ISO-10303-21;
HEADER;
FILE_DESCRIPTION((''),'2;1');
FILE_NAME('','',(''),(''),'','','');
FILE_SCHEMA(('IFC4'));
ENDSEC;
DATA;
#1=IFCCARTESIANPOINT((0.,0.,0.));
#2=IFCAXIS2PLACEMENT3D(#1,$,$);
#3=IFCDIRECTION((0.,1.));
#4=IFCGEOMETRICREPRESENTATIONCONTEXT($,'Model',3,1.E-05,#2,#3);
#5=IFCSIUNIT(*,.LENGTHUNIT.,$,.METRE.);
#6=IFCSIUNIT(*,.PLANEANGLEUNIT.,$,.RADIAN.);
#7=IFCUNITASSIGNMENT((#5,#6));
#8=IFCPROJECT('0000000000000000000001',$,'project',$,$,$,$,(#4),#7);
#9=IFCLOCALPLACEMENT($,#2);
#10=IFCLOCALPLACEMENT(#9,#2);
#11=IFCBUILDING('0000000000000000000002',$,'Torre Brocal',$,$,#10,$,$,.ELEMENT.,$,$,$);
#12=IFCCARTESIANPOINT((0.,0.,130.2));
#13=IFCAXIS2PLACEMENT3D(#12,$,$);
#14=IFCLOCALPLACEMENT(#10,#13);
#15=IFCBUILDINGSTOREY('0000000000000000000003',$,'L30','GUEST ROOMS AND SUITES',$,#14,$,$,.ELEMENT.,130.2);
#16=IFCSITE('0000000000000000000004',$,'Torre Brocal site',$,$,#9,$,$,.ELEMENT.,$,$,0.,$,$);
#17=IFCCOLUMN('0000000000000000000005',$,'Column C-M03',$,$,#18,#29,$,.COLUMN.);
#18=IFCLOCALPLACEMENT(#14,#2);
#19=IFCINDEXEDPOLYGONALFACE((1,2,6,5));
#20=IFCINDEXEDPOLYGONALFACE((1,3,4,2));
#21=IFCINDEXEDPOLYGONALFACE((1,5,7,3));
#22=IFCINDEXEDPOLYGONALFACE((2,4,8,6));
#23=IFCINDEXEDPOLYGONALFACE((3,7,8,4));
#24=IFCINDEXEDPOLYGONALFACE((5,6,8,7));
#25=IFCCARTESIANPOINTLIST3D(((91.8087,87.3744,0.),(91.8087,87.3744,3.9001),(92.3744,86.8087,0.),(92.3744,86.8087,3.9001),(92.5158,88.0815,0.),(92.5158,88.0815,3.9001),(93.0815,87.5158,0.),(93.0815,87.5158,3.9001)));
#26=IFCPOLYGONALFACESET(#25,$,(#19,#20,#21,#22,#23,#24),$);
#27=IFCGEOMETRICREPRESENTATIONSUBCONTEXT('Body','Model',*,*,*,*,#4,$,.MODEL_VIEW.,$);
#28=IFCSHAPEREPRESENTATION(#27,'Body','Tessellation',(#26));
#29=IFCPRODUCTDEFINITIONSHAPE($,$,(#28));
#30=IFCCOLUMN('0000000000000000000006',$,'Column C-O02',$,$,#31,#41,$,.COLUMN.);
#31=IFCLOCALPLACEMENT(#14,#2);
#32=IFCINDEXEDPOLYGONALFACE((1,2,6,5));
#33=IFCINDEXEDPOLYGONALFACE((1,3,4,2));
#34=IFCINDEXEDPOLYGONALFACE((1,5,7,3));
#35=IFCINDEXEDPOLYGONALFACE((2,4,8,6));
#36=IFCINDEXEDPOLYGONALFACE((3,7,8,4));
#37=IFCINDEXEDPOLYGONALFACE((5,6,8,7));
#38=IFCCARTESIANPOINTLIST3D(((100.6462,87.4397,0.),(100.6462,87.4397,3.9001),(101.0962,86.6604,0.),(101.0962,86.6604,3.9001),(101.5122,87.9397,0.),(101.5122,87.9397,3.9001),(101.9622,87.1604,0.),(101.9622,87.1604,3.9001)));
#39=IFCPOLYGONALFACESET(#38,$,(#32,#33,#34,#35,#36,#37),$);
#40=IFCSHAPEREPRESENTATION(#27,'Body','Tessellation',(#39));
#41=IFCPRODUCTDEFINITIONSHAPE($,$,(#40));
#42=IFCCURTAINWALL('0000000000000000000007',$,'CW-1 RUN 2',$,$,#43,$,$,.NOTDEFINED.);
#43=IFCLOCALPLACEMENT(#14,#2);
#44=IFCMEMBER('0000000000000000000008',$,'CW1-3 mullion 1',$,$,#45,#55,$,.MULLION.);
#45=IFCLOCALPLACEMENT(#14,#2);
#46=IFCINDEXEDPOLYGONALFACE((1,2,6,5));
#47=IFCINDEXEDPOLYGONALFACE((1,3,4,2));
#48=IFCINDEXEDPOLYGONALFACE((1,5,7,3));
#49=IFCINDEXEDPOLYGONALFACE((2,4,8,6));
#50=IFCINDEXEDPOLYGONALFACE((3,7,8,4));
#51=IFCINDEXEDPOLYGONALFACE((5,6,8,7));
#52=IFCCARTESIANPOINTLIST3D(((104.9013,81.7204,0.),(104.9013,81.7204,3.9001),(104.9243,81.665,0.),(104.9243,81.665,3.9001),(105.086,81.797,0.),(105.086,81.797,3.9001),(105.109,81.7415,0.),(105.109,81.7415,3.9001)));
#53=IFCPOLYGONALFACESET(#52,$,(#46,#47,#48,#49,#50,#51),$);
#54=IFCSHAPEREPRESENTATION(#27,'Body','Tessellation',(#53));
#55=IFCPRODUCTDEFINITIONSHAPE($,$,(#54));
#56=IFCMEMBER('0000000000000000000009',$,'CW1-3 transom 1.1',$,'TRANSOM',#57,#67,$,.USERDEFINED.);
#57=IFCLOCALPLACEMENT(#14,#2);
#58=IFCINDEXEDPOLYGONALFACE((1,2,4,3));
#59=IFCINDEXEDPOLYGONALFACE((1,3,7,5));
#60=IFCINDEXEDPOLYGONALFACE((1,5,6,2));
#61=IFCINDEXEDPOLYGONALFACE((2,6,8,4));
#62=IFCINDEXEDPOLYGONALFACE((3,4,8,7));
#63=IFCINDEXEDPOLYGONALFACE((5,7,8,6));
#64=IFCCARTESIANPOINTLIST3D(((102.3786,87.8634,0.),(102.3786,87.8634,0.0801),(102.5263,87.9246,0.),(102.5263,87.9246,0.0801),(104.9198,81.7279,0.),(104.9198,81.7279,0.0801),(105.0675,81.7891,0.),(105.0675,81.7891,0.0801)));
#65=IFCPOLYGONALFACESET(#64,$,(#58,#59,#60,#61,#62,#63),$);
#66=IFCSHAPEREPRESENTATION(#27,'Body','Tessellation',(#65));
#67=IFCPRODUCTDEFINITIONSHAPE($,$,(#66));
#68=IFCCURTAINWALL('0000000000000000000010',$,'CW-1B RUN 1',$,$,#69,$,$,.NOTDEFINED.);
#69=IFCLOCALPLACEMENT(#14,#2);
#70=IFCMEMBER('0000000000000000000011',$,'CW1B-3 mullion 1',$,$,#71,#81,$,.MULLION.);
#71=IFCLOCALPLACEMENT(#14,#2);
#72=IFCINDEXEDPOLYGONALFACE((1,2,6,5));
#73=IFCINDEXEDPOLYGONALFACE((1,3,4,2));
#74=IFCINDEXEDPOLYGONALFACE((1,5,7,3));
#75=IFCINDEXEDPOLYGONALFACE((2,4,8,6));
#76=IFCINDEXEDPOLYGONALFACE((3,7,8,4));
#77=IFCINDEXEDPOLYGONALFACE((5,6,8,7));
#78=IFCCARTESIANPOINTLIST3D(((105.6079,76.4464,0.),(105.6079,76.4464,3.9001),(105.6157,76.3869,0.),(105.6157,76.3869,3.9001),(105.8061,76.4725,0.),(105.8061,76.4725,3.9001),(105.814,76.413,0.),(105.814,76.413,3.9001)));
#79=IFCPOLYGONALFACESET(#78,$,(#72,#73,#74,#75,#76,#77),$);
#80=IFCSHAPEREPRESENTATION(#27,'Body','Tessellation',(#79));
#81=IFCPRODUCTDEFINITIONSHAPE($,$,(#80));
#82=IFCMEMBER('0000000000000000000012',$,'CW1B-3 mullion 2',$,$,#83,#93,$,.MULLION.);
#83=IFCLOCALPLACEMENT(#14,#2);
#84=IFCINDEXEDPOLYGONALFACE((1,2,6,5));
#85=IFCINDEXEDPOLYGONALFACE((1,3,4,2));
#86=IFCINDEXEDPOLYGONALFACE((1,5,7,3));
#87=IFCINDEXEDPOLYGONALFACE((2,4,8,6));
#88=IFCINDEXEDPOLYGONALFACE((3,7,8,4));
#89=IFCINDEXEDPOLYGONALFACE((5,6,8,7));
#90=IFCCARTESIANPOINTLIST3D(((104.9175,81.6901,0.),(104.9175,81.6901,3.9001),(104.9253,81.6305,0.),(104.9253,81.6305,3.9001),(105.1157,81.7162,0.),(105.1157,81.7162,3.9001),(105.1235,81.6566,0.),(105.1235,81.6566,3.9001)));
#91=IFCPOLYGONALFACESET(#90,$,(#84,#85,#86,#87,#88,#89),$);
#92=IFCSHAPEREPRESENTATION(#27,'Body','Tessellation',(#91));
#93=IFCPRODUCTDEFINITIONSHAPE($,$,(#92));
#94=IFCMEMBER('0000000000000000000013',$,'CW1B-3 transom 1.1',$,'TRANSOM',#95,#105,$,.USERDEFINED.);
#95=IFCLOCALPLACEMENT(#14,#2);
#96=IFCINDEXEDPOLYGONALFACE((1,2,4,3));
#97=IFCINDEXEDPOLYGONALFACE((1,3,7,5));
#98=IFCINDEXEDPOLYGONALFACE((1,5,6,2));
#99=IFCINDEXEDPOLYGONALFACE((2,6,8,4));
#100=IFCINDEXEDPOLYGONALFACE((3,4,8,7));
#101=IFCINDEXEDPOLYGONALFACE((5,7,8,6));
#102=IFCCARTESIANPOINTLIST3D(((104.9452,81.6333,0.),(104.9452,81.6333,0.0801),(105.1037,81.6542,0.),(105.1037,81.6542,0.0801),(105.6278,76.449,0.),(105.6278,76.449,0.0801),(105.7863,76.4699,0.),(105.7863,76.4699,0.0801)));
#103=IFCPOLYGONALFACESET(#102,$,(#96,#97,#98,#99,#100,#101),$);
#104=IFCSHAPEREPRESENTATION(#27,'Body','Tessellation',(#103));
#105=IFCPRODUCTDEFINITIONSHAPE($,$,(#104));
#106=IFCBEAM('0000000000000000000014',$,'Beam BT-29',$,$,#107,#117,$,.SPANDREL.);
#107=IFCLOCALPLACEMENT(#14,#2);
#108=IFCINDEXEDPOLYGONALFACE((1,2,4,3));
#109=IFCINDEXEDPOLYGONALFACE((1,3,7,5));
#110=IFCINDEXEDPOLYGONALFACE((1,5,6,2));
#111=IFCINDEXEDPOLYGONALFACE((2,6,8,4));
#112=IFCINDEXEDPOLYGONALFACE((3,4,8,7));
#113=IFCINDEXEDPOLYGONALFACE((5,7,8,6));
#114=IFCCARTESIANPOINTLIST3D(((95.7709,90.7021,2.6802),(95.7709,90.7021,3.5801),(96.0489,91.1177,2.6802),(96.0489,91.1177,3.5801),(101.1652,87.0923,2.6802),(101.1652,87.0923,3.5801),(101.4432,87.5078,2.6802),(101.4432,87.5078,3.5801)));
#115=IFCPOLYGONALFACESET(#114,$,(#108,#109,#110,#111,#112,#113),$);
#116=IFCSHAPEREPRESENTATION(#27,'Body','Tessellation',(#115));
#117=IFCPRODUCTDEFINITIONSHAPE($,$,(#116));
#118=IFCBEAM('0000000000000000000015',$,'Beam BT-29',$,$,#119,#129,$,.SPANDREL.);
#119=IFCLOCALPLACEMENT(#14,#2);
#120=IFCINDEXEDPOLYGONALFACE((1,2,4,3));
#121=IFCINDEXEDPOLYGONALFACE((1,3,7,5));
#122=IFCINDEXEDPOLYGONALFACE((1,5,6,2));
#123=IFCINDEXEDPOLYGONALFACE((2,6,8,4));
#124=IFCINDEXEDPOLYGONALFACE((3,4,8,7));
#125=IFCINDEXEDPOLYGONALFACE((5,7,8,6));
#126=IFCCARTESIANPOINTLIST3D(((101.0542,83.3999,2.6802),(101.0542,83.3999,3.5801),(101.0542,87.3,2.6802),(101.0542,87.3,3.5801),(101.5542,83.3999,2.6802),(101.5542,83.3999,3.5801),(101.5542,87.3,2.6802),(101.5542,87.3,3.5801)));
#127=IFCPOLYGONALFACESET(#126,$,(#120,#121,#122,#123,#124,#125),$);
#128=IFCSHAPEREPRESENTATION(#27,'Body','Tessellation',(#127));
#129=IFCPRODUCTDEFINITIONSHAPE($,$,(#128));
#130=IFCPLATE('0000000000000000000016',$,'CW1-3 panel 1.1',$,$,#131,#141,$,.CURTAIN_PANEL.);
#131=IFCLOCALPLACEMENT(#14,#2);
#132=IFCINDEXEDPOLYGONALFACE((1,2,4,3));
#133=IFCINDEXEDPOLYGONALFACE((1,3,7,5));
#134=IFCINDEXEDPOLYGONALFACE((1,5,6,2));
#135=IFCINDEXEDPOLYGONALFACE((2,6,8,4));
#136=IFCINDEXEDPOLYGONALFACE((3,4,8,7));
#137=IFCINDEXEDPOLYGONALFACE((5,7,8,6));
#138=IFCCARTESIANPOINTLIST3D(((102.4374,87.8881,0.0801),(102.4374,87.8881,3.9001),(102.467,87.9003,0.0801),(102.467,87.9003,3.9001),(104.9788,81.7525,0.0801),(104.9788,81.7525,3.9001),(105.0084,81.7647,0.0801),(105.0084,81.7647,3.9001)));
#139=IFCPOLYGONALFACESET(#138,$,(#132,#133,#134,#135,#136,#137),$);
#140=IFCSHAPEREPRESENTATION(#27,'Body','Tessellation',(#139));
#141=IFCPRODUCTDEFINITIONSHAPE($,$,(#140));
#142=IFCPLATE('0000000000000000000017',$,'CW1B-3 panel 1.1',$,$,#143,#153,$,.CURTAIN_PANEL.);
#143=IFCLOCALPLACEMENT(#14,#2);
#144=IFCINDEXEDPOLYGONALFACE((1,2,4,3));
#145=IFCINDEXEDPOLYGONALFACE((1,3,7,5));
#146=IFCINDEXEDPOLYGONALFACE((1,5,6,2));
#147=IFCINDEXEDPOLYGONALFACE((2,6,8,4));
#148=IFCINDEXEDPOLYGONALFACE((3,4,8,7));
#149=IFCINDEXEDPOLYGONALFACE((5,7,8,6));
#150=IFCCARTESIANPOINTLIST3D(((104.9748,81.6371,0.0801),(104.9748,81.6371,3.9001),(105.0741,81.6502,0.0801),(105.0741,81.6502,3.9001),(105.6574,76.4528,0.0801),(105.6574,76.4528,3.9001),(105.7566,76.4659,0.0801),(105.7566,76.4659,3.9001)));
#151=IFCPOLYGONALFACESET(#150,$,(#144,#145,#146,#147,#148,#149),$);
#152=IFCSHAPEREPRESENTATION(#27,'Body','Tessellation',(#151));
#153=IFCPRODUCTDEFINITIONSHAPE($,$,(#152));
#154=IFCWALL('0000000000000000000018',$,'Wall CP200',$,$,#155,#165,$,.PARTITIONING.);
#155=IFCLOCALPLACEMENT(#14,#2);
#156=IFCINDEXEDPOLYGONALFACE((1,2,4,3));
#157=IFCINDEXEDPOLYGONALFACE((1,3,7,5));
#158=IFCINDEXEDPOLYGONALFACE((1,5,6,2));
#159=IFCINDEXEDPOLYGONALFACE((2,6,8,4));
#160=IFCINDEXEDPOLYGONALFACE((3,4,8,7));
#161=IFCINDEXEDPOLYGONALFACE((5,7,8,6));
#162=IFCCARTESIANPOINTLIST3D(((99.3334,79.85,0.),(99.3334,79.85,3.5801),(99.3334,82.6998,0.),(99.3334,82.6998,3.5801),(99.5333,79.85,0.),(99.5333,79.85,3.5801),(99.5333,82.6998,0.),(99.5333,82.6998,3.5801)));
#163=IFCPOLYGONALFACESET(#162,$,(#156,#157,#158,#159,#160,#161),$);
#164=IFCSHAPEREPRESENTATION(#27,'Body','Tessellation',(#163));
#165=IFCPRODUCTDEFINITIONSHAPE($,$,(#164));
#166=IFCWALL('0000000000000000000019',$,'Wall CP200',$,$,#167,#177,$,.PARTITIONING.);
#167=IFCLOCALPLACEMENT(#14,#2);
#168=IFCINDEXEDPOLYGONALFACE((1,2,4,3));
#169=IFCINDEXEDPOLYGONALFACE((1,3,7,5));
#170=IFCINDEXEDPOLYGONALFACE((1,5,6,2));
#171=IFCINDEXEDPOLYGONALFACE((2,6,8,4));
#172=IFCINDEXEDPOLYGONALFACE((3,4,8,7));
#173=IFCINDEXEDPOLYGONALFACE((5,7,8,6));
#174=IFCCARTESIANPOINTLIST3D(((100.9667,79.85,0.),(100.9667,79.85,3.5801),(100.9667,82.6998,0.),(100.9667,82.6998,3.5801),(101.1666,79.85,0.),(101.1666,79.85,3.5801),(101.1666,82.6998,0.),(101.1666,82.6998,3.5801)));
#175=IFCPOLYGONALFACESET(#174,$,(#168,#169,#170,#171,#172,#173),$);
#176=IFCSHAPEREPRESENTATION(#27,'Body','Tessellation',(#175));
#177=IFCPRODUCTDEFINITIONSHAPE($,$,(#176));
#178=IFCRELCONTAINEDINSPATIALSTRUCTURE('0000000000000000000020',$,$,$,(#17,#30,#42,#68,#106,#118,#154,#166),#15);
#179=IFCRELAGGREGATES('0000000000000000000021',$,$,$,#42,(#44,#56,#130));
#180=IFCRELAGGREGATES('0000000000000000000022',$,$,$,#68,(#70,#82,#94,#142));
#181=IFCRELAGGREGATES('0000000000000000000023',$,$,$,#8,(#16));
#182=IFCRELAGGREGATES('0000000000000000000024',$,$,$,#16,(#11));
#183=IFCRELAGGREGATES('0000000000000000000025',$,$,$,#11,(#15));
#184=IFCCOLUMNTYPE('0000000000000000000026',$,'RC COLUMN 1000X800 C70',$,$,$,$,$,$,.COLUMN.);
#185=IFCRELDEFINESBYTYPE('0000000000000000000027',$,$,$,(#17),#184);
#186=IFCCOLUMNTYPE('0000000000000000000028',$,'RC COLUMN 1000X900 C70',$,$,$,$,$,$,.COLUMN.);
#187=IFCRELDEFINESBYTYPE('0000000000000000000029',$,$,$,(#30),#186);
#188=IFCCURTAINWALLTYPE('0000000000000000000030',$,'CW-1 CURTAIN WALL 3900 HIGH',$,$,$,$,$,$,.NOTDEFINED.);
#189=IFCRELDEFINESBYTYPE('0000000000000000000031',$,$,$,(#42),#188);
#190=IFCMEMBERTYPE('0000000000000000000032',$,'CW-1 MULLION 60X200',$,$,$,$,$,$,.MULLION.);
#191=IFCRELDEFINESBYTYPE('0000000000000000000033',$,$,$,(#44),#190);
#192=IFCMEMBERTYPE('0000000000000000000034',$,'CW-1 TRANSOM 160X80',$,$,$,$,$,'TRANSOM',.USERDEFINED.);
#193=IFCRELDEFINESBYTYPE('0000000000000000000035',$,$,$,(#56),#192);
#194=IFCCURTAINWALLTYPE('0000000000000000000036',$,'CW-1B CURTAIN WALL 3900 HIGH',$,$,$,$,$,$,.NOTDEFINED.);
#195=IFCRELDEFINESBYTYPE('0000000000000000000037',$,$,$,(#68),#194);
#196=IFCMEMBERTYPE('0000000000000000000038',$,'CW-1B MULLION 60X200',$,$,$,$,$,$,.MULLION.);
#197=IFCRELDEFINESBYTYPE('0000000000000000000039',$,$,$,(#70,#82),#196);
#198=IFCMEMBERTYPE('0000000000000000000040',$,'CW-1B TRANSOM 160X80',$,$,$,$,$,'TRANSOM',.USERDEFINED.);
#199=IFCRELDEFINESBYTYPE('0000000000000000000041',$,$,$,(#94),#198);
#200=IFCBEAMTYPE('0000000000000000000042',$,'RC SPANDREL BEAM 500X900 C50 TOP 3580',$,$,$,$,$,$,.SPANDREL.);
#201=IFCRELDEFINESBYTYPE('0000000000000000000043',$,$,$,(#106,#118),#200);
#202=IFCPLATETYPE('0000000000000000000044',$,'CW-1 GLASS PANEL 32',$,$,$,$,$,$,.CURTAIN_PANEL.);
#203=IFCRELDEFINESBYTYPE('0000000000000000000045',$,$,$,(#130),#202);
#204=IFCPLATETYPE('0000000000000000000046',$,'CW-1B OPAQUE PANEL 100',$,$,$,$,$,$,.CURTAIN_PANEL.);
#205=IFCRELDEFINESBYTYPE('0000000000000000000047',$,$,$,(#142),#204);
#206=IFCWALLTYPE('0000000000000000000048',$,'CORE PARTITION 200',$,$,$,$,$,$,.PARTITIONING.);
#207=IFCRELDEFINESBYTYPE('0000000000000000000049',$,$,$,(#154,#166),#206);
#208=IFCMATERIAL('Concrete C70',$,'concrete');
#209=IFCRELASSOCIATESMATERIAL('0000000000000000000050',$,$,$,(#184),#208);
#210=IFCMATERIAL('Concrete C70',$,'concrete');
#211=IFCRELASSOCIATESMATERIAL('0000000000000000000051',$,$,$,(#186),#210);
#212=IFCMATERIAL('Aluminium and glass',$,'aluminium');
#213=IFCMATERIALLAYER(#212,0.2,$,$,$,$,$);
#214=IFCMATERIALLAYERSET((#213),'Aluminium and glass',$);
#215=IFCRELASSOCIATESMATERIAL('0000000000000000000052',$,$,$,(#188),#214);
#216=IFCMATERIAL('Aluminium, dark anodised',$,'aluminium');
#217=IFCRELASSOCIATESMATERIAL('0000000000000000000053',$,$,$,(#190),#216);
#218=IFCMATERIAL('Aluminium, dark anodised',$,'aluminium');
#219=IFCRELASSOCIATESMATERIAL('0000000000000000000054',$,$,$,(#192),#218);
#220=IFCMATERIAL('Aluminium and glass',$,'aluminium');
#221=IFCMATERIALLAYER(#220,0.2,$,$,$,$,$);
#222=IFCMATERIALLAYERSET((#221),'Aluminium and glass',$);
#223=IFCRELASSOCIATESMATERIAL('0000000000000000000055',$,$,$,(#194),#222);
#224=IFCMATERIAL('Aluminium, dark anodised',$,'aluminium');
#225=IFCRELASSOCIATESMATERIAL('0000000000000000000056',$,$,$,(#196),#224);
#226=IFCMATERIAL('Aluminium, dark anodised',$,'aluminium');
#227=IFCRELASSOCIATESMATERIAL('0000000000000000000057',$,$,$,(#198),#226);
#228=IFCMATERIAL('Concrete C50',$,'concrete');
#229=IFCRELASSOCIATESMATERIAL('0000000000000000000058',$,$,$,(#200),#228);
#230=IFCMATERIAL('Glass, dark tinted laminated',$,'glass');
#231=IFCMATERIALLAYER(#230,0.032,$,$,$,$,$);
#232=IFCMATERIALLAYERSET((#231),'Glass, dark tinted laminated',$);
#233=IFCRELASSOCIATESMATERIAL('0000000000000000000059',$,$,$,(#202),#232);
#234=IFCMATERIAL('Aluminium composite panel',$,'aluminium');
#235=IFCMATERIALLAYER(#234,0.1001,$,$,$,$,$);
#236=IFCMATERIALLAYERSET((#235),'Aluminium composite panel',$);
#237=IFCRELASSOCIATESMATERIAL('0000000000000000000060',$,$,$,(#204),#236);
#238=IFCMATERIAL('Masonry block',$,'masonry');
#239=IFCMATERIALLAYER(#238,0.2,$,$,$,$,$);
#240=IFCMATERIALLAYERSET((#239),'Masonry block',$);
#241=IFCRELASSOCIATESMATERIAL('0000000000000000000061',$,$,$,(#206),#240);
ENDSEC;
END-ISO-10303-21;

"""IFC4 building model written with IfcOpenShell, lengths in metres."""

from ifc_helpers import new_model, si_unit, direction, frame, frame_2d, origin, origin_2d, place, context, subcontext, project, spatial, rectangle, extrude, material, layer, layer_set, material_profile, profile_set, type_object, element, aggregate, save


model = new_model("IFC4")

# Units and contexts
model_context = context("Model", 3, precision=1e-05, world=origin(), true_north=direction((0.0, 1.0)))
body_context = subcontext(model_context, "Body", "Model", "MODEL_VIEW")
ifc_project = project(units=[si_unit("LENGTHUNIT", "METRE"), si_unit("PLANEANGLEUNIT", "RADIAN")], contexts=[model_context])

# Site, building, storey
site_placement = place(None, origin())
site = spatial("IfcSite", under=ifc_project, at=site_placement, Name="Torre Brocal site", CompositionType="ELEMENT", RefElevation=0.0)
building_placement = place(site_placement, origin())
building = spatial("IfcBuilding", under=site, at=building_placement, Name="Torre Brocal", CompositionType="ELEMENT")
storey_placement = place(building_placement, frame((0.0, 0.0, 130.2)))
storey = spatial("IfcBuildingStorey", under=building, at=storey_placement, Name="L30", Description="GUEST ROOMS AND SUITES", CompositionType="ELEMENT", Elevation=130.2)

# Columns
ifc_material_1 = material(Name="Concrete C70", Category="concrete")
ifc_material_profile_1 = material_profile(ifc_material_1, rectangle(XDim=1.0, YDim=0.8, at=origin_2d()), Name="RC 1000X800")
ifc_profile_set_1 = profile_set([ifc_material_profile_1], Name="Concrete C70")
column_type_1 = type_object("IfcColumnType", Name="RC COLUMN 1000X800 C70", PredefinedType="COLUMN", material=ifc_profile_set_1)
column_1_placement = place(storey_placement, frame((92.4451, 87.4451, 0.0), z_axis=(0.0, 0.0, 1.0), x_axis=(0.707107, 0.707107, 0.0)))
element("IfcColumn", 1, at=column_1_placement, inside=storey, type_object=column_type_1, Name="Column C-M03", PredefinedType="COLUMN", context=body_context, shape_type="SweptSolid", body=[
    extrude(rectangle(XDim=1.0, YDim=0.8, at=origin_2d()), origin(), (0.0, 0.0, 1.0), 3.9001),
])
ifc_material_2 = material(Name="Concrete C70", Category="concrete")
ifc_material_profile_2 = material_profile(ifc_material_2, rectangle(XDim=1.0, YDim=0.8999, at=origin_2d()), Name="RC 1000X900")
ifc_profile_set_2 = profile_set([ifc_material_profile_2], Name="Concrete C70")
column_type_2 = type_object("IfcColumnType", Name="RC COLUMN 1000X900 C70", PredefinedType="COLUMN", material=ifc_profile_set_2)
column_2_placement = place(storey_placement, frame((101.3042, 87.3, 0.0), z_axis=(0.0, 0.0, 1.0), x_axis=(0.866025, 0.5, 0.0)))
element("IfcColumn", 2, at=column_2_placement, inside=storey, type_object=column_type_2, Name="Column C-O02", PredefinedType="COLUMN", context=body_context, shape_type="SweptSolid", body=[
    extrude(rectangle(XDim=1.0, YDim=0.8999, at=origin_2d()), origin(), (0.0, 0.0, 1.0), 3.9001),
])

# Curtain walls, members
ifc_material_3 = material(Name="Aluminium and glass", Category="aluminium")
ifc_layer_1 = layer(ifc_material_3, 0.2)
ifc_layer_set_1 = layer_set([ifc_layer_1], Name="Aluminium and glass")
curtain_wall_type_1 = type_object("IfcCurtainWallType", Name="CW-1 CURTAIN WALL 3900 HIGH", PredefinedType="NOTDEFINED", material=ifc_layer_set_1)
curtain_wall_1_placement = place(storey_placement, origin())
curtain_wall_1 = element("IfcCurtainWall", 3, at=curtain_wall_1_placement, inside=storey, type_object=curtain_wall_type_1, Name="CW-1 RUN 2", PredefinedType="NOTDEFINED")
ifc_material_4 = material(Name="Aluminium, dark anodised", Category="aluminium")
ifc_material_profile_3 = material_profile(ifc_material_4, rectangle(XDim=0.2, YDim=0.0601, at=origin_2d()), Name="CW-1 MULLION 60X200")
ifc_profile_set_3 = profile_set([ifc_material_profile_3], Name="Aluminium, dark anodised")
member_type_1 = type_object("IfcMemberType", Name="CW-1 MULLION 60X200", PredefinedType="MULLION", material=ifc_profile_set_3)
member_1_placement = place(storey_placement, frame((105.0051, 81.731, 0.0), z_axis=(0.0, 0.0, 1.0), x_axis=(-0.92388, -0.382683, 0.0)))
member_1 = element("IfcMember", 4, at=member_1_placement, type_object=member_type_1, Name="CW1-3 mullion 1", PredefinedType="MULLION", context=body_context, shape_type="SweptSolid", body=[
    extrude(rectangle(XDim=0.2, YDim=0.0601, at=origin_2d()), origin(), (0.0, 0.0, 1.0), 3.9001),
])
ifc_material_5 = material(Name="Aluminium, dark anodised", Category="aluminium")
ifc_material_profile_4 = material_profile(ifc_material_5, rectangle(XDim=0.1599, YDim=0.0801, at=origin_2d()), Name="CW-1 TRANSOM 160X80")
ifc_profile_set_4 = profile_set([ifc_material_profile_4], Name="Aluminium, dark anodised")
member_type_2 = type_object("IfcMemberType", Name="CW-1 TRANSOM 160X80", ElementType="TRANSOM", PredefinedType="USERDEFINED", material=ifc_profile_set_4)
member_2_placement = place(storey_placement, frame((104.9937, 81.7585, 0.04), z_axis=(-0.382665, 0.923887, 0.0), x_axis=(-0.923887, -0.382665, 0.0)))
member_2 = element("IfcMember", 5, at=member_2_placement, type_object=member_type_2, Name="CW1-3 transom 1.1", ObjectType="TRANSOM", PredefinedType="USERDEFINED", context=body_context, shape_type="SweptSolid", body=[
    extrude(rectangle(XDim=0.1599, YDim=0.0801, at=origin_2d()), origin(), (0.0, 0.0, 1.0), 6.6409),
])
ifc_material_6 = material(Name="Aluminium and glass", Category="aluminium")
ifc_layer_2 = layer(ifc_material_6, 0.2)
ifc_layer_set_2 = layer_set([ifc_layer_2], Name="Aluminium and glass")
curtain_wall_type_2 = type_object("IfcCurtainWallType", Name="CW-1B CURTAIN WALL 3900 HIGH", PredefinedType="NOTDEFINED", material=ifc_layer_set_2)
curtain_wall_2_placement = place(storey_placement, origin())
curtain_wall_2 = element("IfcCurtainWall", 6, at=curtain_wall_2_placement, inside=storey, type_object=curtain_wall_type_2, Name="CW-1B RUN 1", PredefinedType="NOTDEFINED")
ifc_material_7 = material(Name="Aluminium, dark anodised", Category="aluminium")
ifc_material_profile_5 = material_profile(ifc_material_7, rectangle(XDim=0.2, YDim=0.0601, at=origin_2d()), Name="CW-1B MULLION 60X200")
ifc_profile_set_5 = profile_set([ifc_material_profile_5], Name="Aluminium, dark anodised")
member_type_3 = type_object("IfcMemberType", Name="CW-1B MULLION 60X200", PredefinedType="MULLION", material=ifc_profile_set_5)
member_3_placement = place(storey_placement, frame((105.7109, 76.4297, 0.0), z_axis=(0.0, 0.0, 1.0), x_axis=(-0.991445, -0.130526, 0.0)))
member_3 = element("IfcMember", 7, at=member_3_placement, type_object=member_type_3, Name="CW1B-3 mullion 1", PredefinedType="MULLION", context=body_context, shape_type="SweptSolid", body=[
    extrude(rectangle(XDim=0.2, YDim=0.0601, at=origin_2d()), origin(), (0.0, 0.0, 1.0), 3.9001),
])
member_4_placement = place(storey_placement, frame((105.0205, 81.6733, 0.0), z_axis=(0.0, 0.0, 1.0), x_axis=(-0.991445, -0.130526, 0.0)))
member_4 = element("IfcMember", 8, at=member_4_placement, type_object=member_type_3, Name="CW1B-3 mullion 2", PredefinedType="MULLION", context=body_context, shape_type="SweptSolid", body=[
    extrude(rectangle(XDim=0.2, YDim=0.0601, at=origin_2d()), origin(), (0.0, 0.0, 1.0), 3.9001),
])
ifc_material_8 = material(Name="Aluminium, dark anodised", Category="aluminium")
ifc_material_profile_6 = material_profile(ifc_material_8, rectangle(XDim=0.1599, YDim=0.0801, at=origin_2d()), Name="CW-1B TRANSOM 160X80")
ifc_profile_set_6 = profile_set([ifc_material_profile_6], Name="Aluminium, dark anodised")
member_type_4 = type_object("IfcMemberType", Name="CW-1B TRANSOM 160X80", ElementType="TRANSOM", PredefinedType="USERDEFINED", material=ifc_profile_set_6)
member_5_placement = place(storey_placement, frame((105.707, 76.4595, 0.04), z_axis=(-0.130543, 0.991443, 0.0), x_axis=(-0.991443, -0.130543, 0.0)))
member_5 = element("IfcMember", 9, at=member_5_placement, type_object=member_type_4, Name="CW1B-3 transom 1.1", ObjectType="TRANSOM", PredefinedType="USERDEFINED", context=body_context, shape_type="SweptSolid", body=[
    extrude(rectangle(XDim=0.1599, YDim=0.0801, at=origin_2d()), origin(), (0.0, 0.0, 1.0), 5.229),
])

# Beams
ifc_material_9 = material(Name="Concrete C50", Category="concrete")
ifc_material_profile_7 = material_profile(ifc_material_9, rectangle(XDim=0.5, YDim=0.8999, at=origin_2d()), Name="RC 500X900")
ifc_profile_set_7 = profile_set([ifc_material_profile_7], Name="Concrete C50")
beam_type = type_object("IfcBeamType", Name="RC SPANDREL BEAM 500X900 C50 TOP 3580", PredefinedType="SPANDREL", material=ifc_profile_set_7)
beam_1_placement = place(storey_placement, frame((101.3042, 87.3, 3.1301), z_axis=(-0.831077, 0.556158, 0.0), x_axis=(-0.556158, -0.831077, 0.0)))
element("IfcBeam", 10, at=beam_1_placement, inside=storey, type_object=beam_type, Name="Beam BT-29", PredefinedType="SPANDREL", context=body_context, shape_type="SweptSolid", body=[
    extrude(rectangle(XDim=0.5, YDim=0.8999, at=origin_2d()), origin(), (0.0, 0.0, 1.0), 6.4907),
])
beam_2_placement = place(storey_placement, frame((101.3042, 87.3, 3.1301), z_axis=(0.0, -1.0, 0.0), x_axis=(1.0, 0.0, 0.0)))
element("IfcBeam", 11, at=beam_2_placement, inside=storey, type_object=beam_type, Name="Beam BT-29", PredefinedType="SPANDREL", context=body_context, shape_type="SweptSolid", body=[
    extrude(rectangle(XDim=0.5, YDim=0.8999, at=origin_2d()), origin(), (0.0, 0.0, 1.0), 3.9001),
])

# Plates
ifc_material_10 = material(Name="Glass, dark tinted laminated", Category="glass")
ifc_layer_3 = layer(ifc_material_10, 0.032)
ifc_layer_set_3 = layer_set([ifc_layer_3], Name="Glass, dark tinted laminated")
plate_type_1 = type_object("IfcPlateType", Name="CW-1 GLASS PANEL 32", PredefinedType="CURTAIN_PANEL", material=ifc_layer_set_3)
plate_1_placement = place(storey_placement, frame((103.7229, 84.8264, 0.0801), z_axis=(0.0, 0.0, 1.0), x_axis=(-0.382683, 0.92388, 0.0)))
plate_1 = element("IfcPlate", 12, at=plate_1_placement, type_object=plate_type_1, Name="CW1-3 panel 1.1", PredefinedType="CURTAIN_PANEL", context=body_context, shape_type="SweptSolid", body=[
    extrude(rectangle(XDim=6.6411, YDim=0.032, at=origin_2d()), origin(), (0.0, 0.0, 1.0), 3.8201),
])
aggregate(curtain_wall_1, [member_1, member_2, plate_1])
ifc_material_11 = material(Name="Aluminium composite panel", Category="aluminium")
ifc_layer_4 = layer(ifc_material_11, 0.1001)
ifc_layer_set_4 = layer_set([ifc_layer_4], Name="Aluminium composite panel")
plate_type_2 = type_object("IfcPlateType", Name="CW-1B OPAQUE PANEL 100", PredefinedType="CURTAIN_PANEL", material=ifc_layer_set_4)
plate_2_placement = place(storey_placement, frame((105.3657, 79.0515, 0.0801), z_axis=(0.0, 0.0, 1.0), x_axis=(-0.130526, 0.991445, 0.0)))
plate_2 = element("IfcPlate", 13, at=plate_2_placement, type_object=plate_type_2, Name="CW1B-3 panel 1.1", PredefinedType="CURTAIN_PANEL", context=body_context, shape_type="SweptSolid", body=[
    extrude(rectangle(XDim=5.229, YDim=0.1001, at=origin_2d()), origin(), (0.0, 0.0, 1.0), 3.8201),
])
aggregate(curtain_wall_2, [member_3, member_4, member_5, plate_2])

# Walls
ifc_material_12 = material(Name="Masonry block", Category="masonry")
ifc_layer_5 = layer(ifc_material_12, 0.2)
ifc_layer_set_5 = layer_set([ifc_layer_5], Name="Masonry block")
wall_type_1 = type_object("IfcWallType", Name="CORE PARTITION 200", PredefinedType="PARTITIONING", material=ifc_layer_set_5)
for number, where, z_axis, x_axis, name in (
    (14, (99.4333, 79.8501, 0.0), (0.0, 0.0, 1.0), (0.0, 1.0, 0.0), "Wall CP200"),
    (15, (101.0667, 79.8501, 0.0), (0.0, 0.0, 1.0), (0.0, 1.0, 0.0), "Wall CP200"),
):
    element("IfcWall", number, at=place(storey_placement, frame(where, z_axis=z_axis, x_axis=x_axis)), inside=storey, type_object=wall_type_1, Name=name, PredefinedType="PARTITIONING", context=body_context, shape_type="SweptSolid", body=[
        extrude(rectangle(XDim=2.8499, YDim=0.2, at=frame_2d((1.4248, 0.0))), origin(), (0.0, 0.0, 1.0), 3.5801),
    ])

save(model, "model.ifc")
